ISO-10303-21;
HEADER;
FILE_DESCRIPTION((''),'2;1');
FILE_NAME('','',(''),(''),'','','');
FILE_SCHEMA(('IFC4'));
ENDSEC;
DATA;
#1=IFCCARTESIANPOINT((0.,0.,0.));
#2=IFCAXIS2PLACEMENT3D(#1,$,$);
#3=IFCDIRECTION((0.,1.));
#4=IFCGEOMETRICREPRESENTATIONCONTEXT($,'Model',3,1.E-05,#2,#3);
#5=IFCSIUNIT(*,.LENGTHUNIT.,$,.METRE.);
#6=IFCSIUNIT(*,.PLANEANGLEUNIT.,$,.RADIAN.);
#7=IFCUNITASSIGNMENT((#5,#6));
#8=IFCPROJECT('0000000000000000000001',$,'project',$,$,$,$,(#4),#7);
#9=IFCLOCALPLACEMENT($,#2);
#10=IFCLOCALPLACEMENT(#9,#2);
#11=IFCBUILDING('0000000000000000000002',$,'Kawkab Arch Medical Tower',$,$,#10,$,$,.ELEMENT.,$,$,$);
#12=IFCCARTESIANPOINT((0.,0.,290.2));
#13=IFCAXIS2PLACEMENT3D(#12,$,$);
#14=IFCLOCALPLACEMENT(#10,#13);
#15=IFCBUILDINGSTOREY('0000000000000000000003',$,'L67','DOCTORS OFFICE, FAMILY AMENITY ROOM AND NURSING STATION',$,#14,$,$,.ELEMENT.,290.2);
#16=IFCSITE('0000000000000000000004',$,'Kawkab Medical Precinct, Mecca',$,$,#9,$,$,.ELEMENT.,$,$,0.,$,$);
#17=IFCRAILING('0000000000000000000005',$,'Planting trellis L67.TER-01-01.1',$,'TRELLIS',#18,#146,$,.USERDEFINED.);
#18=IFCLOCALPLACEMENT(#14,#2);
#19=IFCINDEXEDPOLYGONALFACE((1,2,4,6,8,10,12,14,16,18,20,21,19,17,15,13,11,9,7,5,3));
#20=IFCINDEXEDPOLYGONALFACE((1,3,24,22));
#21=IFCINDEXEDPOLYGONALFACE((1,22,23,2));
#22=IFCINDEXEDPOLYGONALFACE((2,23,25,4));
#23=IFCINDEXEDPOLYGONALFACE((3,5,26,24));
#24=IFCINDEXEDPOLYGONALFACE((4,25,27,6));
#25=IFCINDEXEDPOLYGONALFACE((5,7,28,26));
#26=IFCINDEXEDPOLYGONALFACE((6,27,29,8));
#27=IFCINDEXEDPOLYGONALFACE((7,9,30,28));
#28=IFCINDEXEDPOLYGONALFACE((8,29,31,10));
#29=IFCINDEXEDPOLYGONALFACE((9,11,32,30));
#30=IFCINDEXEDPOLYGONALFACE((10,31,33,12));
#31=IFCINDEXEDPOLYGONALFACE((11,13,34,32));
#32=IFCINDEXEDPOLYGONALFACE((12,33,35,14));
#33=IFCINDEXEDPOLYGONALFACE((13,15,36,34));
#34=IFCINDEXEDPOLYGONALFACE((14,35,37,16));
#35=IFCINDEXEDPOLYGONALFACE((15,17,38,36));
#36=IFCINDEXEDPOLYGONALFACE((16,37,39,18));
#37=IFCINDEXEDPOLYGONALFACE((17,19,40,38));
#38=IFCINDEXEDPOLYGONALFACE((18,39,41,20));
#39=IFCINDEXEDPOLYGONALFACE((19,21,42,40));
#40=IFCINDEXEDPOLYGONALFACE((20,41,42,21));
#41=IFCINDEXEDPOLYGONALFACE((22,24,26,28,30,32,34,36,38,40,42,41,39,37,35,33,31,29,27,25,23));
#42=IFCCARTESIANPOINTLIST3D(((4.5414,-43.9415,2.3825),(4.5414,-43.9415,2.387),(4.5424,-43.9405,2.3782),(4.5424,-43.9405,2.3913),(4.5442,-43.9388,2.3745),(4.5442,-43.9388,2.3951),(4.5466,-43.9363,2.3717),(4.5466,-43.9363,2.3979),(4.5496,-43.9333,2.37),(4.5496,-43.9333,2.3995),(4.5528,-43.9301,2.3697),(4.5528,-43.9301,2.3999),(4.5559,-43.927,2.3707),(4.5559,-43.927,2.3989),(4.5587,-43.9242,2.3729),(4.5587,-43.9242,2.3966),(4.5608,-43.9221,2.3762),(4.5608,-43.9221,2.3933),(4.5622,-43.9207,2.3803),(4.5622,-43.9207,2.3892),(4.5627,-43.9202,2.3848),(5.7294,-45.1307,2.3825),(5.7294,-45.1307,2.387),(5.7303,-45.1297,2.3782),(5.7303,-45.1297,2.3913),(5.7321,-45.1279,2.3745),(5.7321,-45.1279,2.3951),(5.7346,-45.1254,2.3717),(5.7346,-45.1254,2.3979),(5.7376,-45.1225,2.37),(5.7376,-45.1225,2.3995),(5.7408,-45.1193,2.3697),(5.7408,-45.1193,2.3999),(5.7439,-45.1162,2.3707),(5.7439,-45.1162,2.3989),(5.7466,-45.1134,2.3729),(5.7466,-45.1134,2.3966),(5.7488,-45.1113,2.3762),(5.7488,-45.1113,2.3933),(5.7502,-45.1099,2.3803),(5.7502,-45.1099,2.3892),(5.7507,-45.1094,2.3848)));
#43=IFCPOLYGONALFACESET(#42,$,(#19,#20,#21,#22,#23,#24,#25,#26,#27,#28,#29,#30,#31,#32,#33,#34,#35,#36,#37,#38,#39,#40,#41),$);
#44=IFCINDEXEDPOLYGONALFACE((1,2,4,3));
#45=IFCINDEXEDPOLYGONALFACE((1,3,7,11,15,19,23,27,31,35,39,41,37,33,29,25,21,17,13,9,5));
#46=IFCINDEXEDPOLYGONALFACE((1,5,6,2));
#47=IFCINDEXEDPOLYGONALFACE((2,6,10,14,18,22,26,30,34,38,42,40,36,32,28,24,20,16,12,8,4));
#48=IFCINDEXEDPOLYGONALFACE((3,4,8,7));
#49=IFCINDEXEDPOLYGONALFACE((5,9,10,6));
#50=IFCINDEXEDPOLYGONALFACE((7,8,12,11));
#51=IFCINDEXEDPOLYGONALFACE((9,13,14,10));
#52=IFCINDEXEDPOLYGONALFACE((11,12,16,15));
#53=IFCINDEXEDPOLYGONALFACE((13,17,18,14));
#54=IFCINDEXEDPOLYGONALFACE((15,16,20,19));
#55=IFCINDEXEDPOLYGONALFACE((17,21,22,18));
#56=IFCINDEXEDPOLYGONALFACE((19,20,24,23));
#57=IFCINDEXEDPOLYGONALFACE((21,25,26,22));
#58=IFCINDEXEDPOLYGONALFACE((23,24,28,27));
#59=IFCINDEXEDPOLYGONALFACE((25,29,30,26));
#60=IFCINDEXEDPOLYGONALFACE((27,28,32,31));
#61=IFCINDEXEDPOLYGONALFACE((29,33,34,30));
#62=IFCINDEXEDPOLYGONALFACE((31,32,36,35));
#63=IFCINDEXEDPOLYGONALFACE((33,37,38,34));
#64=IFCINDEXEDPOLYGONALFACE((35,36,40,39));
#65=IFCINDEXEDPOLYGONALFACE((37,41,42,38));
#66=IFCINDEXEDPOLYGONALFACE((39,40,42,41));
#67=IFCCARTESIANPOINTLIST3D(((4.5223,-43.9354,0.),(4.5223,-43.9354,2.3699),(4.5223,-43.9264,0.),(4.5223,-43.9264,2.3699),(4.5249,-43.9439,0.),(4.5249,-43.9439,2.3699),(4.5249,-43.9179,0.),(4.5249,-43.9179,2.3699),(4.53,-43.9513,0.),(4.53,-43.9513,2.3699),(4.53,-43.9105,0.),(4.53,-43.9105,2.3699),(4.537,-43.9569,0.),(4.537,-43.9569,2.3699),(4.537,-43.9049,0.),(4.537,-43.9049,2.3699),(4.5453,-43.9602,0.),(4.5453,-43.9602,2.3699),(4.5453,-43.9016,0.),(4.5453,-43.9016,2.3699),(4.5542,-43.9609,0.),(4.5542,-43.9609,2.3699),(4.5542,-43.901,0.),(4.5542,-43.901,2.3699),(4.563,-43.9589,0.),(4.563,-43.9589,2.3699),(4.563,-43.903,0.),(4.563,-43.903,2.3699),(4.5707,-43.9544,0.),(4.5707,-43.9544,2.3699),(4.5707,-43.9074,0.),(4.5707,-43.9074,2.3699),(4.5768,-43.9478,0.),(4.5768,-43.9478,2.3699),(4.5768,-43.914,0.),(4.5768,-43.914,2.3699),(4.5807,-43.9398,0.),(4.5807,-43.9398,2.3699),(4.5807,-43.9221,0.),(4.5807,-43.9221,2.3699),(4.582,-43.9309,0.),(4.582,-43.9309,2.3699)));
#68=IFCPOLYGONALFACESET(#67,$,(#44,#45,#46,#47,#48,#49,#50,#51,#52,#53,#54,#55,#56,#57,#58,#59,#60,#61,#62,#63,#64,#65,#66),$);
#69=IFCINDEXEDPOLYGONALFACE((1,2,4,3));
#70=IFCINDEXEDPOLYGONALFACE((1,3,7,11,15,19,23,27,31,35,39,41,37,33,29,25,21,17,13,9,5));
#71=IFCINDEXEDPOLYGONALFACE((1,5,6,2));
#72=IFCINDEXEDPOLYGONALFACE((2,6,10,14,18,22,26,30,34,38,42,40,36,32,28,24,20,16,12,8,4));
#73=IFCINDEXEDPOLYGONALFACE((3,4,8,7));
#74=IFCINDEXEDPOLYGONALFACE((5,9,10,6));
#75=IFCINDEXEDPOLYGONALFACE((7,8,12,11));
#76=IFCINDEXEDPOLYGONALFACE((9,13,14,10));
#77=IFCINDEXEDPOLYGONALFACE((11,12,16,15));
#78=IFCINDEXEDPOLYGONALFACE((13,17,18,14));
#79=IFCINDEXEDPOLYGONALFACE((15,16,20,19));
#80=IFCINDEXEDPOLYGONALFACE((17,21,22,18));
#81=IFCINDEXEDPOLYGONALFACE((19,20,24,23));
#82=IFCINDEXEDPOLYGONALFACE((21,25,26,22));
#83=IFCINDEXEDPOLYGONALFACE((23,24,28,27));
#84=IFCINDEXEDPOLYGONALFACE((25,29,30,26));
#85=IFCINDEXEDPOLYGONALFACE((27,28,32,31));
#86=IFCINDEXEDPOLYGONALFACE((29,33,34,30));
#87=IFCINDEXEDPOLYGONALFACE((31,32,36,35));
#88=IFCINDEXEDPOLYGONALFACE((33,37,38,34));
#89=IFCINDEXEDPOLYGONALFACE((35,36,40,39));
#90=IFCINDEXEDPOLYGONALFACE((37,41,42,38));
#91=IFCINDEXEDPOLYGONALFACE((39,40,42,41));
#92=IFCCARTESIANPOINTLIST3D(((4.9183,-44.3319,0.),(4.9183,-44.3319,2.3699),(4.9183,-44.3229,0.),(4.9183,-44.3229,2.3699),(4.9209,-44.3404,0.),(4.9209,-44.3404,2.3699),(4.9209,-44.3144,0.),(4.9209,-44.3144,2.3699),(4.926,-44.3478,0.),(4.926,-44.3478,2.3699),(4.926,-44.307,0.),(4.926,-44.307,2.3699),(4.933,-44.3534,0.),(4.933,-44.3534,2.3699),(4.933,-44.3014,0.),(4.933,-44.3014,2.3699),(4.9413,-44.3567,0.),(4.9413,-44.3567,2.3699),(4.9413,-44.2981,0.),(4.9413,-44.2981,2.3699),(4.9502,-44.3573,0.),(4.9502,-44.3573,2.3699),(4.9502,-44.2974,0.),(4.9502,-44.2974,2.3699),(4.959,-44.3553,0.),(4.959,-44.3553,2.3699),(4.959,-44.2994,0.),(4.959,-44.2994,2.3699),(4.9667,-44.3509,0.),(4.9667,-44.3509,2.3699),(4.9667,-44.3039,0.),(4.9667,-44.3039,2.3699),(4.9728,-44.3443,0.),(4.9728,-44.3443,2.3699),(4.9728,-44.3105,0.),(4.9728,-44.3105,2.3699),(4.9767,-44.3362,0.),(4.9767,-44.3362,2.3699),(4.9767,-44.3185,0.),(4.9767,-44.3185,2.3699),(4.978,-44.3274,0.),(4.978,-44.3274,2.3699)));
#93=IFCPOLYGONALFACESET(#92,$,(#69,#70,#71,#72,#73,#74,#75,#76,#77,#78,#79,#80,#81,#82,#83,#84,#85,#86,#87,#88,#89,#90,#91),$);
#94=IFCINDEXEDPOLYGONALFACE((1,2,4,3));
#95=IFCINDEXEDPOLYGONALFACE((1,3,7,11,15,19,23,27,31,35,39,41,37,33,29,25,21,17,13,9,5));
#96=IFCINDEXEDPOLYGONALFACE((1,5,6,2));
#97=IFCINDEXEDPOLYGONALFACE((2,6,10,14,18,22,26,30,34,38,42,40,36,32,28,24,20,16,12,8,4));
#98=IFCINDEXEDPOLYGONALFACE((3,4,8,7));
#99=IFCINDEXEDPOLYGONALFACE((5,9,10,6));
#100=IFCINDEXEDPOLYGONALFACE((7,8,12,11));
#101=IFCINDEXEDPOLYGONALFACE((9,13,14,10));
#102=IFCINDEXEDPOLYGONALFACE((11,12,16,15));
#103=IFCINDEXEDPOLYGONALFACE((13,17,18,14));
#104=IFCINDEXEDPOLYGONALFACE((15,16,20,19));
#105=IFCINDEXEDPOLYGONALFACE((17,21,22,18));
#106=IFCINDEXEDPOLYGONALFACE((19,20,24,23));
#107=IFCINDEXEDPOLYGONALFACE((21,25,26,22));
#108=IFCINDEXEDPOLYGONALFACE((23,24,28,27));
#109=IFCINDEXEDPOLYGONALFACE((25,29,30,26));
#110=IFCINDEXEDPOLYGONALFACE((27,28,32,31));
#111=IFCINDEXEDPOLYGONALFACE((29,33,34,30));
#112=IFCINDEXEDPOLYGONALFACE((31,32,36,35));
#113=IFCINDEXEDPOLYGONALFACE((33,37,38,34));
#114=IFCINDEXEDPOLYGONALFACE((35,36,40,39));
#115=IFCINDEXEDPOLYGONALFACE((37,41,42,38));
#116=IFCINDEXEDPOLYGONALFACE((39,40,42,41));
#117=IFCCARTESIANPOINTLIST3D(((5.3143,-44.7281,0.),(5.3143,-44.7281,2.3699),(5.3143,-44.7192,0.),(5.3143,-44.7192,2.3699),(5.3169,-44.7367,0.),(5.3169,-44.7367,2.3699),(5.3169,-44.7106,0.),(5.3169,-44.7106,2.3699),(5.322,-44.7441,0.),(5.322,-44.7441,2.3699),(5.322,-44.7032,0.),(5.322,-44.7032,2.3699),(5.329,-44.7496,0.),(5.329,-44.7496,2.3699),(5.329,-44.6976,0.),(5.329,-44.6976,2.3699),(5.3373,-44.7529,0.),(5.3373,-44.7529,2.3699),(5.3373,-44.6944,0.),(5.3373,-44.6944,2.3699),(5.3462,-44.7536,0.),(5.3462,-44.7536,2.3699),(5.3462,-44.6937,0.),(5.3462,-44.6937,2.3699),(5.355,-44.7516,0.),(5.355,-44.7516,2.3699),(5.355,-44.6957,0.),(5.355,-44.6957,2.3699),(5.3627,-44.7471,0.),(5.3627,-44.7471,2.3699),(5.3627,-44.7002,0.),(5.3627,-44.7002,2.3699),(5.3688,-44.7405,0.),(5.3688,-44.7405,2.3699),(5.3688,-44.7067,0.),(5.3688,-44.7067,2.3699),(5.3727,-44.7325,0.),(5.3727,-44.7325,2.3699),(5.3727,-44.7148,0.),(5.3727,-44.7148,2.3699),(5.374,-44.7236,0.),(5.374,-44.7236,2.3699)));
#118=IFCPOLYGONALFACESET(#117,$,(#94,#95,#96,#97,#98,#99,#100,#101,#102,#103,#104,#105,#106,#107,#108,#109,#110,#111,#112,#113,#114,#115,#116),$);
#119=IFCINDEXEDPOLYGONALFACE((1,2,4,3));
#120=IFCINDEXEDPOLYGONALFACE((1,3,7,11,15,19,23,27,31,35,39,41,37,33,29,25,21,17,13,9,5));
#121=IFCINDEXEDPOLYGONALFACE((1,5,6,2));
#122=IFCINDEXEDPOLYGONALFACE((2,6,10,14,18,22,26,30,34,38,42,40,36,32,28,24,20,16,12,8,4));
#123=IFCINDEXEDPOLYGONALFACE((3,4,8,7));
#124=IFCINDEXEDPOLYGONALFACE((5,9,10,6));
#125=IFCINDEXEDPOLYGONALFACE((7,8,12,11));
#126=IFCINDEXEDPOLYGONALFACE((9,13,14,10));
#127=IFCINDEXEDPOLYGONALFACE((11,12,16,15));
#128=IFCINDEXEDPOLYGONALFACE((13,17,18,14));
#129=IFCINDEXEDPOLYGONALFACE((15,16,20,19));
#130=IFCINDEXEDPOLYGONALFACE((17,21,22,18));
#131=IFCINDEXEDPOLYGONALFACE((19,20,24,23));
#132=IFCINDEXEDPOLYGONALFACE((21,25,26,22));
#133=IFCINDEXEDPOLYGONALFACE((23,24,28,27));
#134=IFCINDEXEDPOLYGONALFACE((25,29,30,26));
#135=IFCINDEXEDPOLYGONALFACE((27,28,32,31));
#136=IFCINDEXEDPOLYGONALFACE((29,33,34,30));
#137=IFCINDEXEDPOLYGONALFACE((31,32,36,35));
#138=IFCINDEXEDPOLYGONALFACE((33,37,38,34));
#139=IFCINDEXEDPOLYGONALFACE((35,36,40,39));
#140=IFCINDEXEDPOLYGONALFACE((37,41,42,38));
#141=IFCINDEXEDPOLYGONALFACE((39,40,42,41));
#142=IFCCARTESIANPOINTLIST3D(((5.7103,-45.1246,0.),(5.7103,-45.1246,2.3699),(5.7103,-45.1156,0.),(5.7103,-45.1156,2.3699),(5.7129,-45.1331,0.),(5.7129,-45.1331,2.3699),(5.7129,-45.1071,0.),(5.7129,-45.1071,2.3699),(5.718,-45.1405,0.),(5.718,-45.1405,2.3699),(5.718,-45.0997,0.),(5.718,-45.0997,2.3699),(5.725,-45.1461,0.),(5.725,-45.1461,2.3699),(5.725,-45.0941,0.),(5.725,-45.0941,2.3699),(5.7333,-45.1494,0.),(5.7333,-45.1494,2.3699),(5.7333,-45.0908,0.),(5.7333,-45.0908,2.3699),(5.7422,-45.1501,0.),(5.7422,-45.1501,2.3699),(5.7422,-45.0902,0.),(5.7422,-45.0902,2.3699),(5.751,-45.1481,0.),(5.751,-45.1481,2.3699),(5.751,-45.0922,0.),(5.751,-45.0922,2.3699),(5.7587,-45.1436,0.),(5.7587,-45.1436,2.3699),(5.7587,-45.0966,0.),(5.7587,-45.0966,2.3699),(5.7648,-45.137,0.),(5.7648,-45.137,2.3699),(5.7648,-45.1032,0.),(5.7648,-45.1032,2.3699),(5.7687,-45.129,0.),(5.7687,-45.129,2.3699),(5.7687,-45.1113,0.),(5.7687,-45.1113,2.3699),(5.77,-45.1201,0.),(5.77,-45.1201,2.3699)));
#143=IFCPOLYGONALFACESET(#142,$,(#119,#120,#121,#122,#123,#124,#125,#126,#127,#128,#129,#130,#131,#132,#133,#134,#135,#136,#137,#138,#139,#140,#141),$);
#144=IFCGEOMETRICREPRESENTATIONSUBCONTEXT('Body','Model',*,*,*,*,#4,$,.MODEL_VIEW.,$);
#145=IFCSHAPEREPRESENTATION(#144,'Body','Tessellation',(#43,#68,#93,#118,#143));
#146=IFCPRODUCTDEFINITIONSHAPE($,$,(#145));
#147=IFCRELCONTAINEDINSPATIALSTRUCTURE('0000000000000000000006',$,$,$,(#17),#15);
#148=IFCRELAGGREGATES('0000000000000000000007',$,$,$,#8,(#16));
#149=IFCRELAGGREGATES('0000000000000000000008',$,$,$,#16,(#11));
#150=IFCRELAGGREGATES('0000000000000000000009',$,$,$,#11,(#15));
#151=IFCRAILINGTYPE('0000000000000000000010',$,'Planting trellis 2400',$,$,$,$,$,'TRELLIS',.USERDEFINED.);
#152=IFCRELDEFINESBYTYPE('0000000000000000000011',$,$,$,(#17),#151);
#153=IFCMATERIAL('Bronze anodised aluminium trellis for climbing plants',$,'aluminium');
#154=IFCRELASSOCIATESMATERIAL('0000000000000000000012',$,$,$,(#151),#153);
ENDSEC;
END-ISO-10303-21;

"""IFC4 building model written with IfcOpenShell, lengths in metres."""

from ifc_helpers import new_model, si_unit, direction, frame, origin, origin_2d, place, context, subcontext, project, spatial, circle, extrude, material, type_object, element, save


model = new_model("IFC4")

# Units and contexts
model_context = context("Model", 3, precision=1e-05, world=origin(), true_north=direction((0.0, 1.0)))
body_context = subcontext(model_context, "Body", "Model", "MODEL_VIEW")
ifc_project = project(units=[si_unit("LENGTHUNIT", "METRE"), si_unit("PLANEANGLEUNIT", "RADIAN")], contexts=[model_context])

# Site, building, storey
site_placement = place(None, origin())
site = spatial("IfcSite", under=ifc_project, at=site_placement, Name="Kawkab Medical Precinct, Mecca", CompositionType="ELEMENT", RefElevation=0.0)
building_placement = place(site_placement, origin())
building = spatial("IfcBuilding", under=site, at=building_placement, Name="Kawkab Arch Medical Tower", CompositionType="ELEMENT")
storey_placement = place(building_placement, frame((0.0, 0.0, 290.2)))
storey = spatial("IfcBuildingStorey", under=building, at=storey_placement, Name="L67", Description="DOCTORS OFFICE, FAMILY AMENITY ROOM AND NURSING STATION", CompositionType="ELEMENT", Elevation=290.2)

# Railing
ifc_material_1 = material(Name="Bronze anodised aluminium trellis for climbing plants", Category="aluminium")
railing_type_1 = type_object("IfcRailingType", Name="Planting trellis 2400", ElementType="TRELLIS", PredefinedType="USERDEFINED", material=ifc_material_1)
railing_1_placement = place(storey_placement, frame((4.552, -43.9309, 0.0)))
element("IfcRailing", 1, at=railing_1_placement, inside=storey, type_object=railing_type_1, Name="Planting trellis L67.TER-01-01.1", ObjectType="TRELLIS", PredefinedType="USERDEFINED", context=body_context, shape_type="SweptSolid", body=[
    extrude(circle(Radius=0.0151, at=origin_2d()), frame((0.0, 0.0, 2.3848), z_axis=(0.706744, -0.70747, 0.0), x_axis=(0.70747, 0.706744, 0.0)), (0.0, 0.0, 1.0), 1.6809),
    extrude(circle(Radius=0.03, at=origin_2d()), origin(), (0.0, 0.0, 1.0), 2.3699),
    extrude(circle(Radius=0.03, at=origin_2d()), frame((0.396, -0.3965, 0.0)), (0.0, 0.0, 1.0), 2.3699),
    extrude(circle(Radius=0.03, at=origin_2d()), frame((0.792, -0.7927, 0.0)), (0.0, 0.0, 1.0), 2.3699),
    extrude(circle(Radius=0.03, at=origin_2d()), frame((1.188, -1.1892, 0.0)), (0.0, 0.0, 1.0), 2.3699),
])

save(model, "model.ifc")
